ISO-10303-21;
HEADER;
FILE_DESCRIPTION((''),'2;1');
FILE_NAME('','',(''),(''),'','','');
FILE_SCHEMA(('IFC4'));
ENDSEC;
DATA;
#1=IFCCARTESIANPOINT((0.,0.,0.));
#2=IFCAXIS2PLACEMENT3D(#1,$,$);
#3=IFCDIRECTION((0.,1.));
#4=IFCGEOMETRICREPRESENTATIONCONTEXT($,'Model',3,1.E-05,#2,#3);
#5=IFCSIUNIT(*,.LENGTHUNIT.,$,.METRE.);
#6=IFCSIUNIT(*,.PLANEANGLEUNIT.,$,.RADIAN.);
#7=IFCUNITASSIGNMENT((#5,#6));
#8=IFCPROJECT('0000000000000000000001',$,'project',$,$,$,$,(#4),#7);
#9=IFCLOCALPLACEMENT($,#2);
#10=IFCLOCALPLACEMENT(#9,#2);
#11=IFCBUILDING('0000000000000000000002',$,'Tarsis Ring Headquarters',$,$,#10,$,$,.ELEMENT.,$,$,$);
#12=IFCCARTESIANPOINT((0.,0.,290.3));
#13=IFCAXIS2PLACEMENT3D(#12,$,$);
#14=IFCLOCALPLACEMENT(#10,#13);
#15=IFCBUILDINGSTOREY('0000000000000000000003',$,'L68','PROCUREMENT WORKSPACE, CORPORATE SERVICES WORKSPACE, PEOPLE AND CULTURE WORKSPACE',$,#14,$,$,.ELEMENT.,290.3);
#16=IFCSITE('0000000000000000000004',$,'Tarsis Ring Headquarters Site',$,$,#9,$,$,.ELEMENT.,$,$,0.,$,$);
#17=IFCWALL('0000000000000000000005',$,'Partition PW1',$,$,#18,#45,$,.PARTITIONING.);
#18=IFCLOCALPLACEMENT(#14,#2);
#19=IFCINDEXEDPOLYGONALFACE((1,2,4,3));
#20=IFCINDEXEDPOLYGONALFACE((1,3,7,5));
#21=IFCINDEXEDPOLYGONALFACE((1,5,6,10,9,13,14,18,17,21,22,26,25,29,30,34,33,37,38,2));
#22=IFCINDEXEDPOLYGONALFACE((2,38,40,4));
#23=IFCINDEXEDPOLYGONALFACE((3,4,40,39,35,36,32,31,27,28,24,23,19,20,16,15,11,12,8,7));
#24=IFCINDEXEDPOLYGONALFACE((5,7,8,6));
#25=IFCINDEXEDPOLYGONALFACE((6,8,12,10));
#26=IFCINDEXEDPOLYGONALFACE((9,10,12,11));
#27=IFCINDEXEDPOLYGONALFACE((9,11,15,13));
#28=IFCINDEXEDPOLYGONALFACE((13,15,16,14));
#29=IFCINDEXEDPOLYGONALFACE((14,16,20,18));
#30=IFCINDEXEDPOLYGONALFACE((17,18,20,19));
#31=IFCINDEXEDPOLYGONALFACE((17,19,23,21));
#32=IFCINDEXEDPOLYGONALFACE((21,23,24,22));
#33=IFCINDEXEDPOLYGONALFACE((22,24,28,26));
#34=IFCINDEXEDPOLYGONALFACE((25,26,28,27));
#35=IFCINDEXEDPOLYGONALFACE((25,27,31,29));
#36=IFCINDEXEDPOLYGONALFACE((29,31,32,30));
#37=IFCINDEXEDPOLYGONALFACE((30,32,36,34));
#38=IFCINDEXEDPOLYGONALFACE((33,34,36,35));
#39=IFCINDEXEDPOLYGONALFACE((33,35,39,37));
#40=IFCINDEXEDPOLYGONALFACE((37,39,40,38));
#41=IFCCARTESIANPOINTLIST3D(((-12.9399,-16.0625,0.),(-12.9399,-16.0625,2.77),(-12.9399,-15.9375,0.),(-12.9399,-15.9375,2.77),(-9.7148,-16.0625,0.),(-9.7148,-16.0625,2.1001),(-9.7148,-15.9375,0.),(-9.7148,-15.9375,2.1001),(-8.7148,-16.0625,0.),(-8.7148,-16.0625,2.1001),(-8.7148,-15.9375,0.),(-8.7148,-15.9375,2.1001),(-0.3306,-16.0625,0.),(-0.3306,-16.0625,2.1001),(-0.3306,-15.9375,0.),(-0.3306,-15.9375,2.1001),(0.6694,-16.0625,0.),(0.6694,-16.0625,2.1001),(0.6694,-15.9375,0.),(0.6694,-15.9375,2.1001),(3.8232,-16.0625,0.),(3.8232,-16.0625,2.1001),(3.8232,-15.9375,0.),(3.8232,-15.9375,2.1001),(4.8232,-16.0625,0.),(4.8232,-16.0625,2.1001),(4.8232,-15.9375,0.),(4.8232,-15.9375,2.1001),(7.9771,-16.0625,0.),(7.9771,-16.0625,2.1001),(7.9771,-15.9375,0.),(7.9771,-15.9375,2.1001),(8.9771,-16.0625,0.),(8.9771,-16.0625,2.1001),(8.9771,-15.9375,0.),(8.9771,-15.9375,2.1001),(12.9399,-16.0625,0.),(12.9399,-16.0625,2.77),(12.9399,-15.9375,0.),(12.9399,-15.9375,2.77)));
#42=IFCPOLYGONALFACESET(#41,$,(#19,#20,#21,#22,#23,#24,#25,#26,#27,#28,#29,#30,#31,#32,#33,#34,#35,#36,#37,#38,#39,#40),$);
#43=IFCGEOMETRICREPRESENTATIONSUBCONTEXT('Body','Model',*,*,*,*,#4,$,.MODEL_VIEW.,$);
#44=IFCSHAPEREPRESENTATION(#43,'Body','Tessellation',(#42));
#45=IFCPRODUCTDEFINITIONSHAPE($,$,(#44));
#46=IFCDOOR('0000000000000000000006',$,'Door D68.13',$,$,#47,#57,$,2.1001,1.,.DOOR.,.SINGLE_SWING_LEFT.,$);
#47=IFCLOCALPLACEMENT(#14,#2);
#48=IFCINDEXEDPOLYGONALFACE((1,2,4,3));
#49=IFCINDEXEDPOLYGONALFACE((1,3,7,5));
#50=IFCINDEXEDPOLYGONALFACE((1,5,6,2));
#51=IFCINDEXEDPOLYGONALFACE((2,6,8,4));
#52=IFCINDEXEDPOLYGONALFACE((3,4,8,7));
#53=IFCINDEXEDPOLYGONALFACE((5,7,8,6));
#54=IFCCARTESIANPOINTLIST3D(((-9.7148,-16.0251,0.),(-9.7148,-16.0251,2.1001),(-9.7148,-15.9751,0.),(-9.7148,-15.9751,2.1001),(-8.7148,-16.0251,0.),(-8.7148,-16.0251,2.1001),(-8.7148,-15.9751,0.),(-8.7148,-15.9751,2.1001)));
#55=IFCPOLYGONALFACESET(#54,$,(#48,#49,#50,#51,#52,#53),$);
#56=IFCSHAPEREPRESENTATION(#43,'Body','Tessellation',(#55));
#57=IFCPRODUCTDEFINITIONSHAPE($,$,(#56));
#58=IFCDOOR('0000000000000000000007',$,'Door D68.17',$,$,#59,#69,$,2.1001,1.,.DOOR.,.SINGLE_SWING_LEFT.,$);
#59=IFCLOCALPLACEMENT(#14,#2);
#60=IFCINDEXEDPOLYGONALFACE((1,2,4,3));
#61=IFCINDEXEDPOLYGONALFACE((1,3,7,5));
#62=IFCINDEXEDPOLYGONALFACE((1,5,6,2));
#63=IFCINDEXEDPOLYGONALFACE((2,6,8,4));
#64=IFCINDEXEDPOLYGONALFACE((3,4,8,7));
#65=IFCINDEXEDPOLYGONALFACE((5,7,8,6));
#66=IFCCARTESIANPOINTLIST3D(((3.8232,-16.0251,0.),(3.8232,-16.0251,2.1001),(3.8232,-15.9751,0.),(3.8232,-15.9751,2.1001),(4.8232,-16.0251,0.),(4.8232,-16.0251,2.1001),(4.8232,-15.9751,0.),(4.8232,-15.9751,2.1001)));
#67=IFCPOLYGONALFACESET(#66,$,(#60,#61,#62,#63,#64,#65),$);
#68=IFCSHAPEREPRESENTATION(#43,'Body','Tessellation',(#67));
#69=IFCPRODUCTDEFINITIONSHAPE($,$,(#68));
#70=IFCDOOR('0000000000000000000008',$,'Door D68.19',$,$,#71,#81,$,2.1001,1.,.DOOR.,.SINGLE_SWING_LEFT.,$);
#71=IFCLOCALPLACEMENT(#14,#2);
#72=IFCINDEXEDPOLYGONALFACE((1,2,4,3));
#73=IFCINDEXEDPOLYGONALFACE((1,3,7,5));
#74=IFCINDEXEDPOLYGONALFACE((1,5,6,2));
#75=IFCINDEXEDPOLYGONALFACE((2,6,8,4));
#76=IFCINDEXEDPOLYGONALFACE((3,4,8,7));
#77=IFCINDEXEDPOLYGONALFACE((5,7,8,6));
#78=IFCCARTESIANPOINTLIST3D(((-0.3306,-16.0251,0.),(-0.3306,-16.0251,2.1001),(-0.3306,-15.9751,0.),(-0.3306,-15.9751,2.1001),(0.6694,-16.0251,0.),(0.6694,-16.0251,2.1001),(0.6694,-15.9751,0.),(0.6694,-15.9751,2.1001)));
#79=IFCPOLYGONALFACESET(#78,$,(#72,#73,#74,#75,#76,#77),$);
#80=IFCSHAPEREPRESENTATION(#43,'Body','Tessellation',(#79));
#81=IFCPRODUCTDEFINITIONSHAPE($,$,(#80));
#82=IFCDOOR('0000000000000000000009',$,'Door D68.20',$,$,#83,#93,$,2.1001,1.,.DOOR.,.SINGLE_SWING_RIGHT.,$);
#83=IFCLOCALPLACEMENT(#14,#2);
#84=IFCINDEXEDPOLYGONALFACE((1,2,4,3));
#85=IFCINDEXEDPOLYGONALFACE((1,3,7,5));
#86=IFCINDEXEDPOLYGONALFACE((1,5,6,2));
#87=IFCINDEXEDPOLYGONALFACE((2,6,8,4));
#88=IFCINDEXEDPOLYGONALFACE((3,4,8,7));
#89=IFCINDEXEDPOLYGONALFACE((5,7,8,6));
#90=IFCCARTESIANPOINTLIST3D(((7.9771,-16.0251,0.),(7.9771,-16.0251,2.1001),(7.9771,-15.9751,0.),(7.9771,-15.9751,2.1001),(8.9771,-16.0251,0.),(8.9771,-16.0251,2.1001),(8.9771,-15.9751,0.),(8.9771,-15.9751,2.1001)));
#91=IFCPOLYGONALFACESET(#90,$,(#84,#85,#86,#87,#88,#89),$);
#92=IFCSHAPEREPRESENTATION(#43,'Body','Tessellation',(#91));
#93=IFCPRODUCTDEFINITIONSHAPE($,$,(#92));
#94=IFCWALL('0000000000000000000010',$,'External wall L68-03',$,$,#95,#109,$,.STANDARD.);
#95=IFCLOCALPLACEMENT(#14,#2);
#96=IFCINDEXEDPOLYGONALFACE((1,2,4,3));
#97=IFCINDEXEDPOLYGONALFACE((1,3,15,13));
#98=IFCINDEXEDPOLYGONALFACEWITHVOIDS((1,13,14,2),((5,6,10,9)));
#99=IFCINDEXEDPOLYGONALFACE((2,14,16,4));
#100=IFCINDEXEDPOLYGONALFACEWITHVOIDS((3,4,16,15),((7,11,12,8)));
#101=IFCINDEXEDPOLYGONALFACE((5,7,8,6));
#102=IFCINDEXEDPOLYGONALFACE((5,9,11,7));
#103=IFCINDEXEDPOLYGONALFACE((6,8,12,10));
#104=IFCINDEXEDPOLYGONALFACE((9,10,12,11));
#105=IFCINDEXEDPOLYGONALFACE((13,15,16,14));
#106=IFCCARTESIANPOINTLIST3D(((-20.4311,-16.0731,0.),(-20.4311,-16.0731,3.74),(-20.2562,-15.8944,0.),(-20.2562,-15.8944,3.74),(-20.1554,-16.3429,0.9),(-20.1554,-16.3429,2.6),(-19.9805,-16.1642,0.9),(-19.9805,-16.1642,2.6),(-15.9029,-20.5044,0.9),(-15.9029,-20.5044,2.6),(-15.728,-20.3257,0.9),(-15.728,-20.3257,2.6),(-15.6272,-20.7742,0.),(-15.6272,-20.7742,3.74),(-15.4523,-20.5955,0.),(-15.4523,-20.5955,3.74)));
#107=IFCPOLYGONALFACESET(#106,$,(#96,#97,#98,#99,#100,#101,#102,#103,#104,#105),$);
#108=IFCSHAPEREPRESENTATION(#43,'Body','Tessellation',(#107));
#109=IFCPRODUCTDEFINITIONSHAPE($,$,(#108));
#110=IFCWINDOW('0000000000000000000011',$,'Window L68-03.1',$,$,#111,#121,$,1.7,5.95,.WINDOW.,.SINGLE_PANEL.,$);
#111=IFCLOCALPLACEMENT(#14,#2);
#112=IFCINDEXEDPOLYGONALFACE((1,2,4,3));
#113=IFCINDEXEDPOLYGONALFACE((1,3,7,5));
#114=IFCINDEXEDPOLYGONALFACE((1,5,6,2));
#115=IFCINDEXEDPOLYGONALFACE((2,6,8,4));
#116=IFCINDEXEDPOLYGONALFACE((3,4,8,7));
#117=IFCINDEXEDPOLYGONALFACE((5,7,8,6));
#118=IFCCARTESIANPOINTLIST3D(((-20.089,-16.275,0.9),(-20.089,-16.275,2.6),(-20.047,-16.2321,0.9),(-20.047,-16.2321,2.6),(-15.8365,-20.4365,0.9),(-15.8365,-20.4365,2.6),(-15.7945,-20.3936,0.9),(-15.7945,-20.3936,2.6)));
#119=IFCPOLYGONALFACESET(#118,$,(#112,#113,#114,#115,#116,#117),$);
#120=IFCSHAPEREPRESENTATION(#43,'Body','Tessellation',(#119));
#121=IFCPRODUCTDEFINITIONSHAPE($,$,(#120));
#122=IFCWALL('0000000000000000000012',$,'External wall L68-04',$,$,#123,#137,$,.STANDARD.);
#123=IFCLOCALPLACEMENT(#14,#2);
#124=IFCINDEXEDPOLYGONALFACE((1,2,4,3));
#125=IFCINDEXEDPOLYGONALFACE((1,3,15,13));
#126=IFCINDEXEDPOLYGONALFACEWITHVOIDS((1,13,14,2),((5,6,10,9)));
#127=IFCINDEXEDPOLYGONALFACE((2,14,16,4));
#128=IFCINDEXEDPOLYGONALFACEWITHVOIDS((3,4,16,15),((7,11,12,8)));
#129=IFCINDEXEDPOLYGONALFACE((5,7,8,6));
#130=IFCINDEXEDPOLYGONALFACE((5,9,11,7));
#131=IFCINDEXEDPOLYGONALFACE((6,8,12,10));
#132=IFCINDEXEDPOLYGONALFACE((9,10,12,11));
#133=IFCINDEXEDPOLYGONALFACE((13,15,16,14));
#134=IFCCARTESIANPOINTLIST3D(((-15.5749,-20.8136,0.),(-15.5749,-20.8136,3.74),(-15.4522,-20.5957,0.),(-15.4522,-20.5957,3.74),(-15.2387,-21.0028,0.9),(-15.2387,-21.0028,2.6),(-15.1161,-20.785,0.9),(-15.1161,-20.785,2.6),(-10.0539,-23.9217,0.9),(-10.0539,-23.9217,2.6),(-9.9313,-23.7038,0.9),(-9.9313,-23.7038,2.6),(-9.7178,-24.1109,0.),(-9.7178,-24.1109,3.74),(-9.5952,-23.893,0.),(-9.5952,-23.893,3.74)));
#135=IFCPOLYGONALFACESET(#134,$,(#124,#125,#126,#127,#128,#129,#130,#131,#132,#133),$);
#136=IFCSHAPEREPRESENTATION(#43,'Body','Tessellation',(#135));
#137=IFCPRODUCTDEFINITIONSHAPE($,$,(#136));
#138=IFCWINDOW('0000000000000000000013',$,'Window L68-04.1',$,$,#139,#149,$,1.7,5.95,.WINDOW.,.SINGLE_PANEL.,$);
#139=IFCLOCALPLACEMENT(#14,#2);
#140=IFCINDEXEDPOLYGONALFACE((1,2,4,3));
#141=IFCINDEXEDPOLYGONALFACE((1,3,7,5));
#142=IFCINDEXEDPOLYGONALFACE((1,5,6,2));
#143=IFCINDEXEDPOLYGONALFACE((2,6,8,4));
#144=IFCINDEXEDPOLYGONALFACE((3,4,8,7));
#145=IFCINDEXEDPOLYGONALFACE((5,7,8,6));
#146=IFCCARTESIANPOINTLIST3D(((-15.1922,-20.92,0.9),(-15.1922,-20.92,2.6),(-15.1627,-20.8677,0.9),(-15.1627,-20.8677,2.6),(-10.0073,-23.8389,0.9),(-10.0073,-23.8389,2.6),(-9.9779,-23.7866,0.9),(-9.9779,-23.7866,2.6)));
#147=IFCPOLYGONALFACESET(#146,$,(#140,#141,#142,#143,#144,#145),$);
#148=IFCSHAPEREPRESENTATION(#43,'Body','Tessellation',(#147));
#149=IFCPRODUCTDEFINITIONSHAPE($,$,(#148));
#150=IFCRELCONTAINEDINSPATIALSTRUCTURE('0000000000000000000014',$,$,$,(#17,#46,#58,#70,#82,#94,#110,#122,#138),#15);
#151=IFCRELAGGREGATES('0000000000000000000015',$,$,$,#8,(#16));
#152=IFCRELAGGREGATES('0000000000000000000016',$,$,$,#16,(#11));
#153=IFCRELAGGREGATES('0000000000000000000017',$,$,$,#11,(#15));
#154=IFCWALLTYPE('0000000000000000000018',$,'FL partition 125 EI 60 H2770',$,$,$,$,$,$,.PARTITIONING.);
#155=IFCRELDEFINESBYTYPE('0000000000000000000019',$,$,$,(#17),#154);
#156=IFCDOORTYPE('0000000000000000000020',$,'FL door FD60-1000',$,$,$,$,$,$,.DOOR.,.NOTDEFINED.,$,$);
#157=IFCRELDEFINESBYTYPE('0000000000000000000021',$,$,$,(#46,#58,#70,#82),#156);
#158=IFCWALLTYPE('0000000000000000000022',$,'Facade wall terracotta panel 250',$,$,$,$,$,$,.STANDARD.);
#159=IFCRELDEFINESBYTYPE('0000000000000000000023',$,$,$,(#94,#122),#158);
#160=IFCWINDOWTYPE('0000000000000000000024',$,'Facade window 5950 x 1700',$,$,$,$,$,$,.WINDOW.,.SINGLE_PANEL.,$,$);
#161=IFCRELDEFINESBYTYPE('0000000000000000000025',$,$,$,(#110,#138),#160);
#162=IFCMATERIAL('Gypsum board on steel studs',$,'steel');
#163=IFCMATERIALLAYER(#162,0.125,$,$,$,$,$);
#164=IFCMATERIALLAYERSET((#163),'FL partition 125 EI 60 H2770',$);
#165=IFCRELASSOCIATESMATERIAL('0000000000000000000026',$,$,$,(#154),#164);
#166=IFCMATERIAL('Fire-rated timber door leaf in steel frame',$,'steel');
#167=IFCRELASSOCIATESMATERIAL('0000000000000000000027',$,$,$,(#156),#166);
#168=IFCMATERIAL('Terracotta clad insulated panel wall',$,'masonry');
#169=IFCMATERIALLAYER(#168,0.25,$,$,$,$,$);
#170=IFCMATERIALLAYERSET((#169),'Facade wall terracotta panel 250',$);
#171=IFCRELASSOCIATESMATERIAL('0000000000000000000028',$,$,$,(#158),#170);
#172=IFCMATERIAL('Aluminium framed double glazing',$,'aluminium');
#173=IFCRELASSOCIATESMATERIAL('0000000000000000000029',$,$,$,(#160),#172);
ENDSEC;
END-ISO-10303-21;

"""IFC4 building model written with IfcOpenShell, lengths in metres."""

from ifc_helpers import new_model, si_unit, direction, frame, frame_2d, origin, place, context, subcontext, project, spatial, rectangle, extrude, material, layer, layer_set, type_object, element, fill, save


model = new_model("IFC4")

# Units and contexts
model_context = context("Model", 3, precision=1e-05, world=origin(), true_north=direction((0.0, 1.0)))
body_context = subcontext(model_context, "Body", "Model", "MODEL_VIEW")
ifc_project = project(units=[si_unit("LENGTHUNIT", "METRE"), si_unit("PLANEANGLEUNIT", "RADIAN")], contexts=[model_context])

# Site, building, storey
site_placement = place(None, origin())
site = spatial("IfcSite", under=ifc_project, at=site_placement, Name="Tarsis Ring Headquarters Site", CompositionType="ELEMENT", RefElevation=0.0)
building_placement = place(site_placement, origin())
building = spatial("IfcBuilding", under=site, at=building_placement, Name="Tarsis Ring Headquarters", CompositionType="ELEMENT")
storey_placement = place(building_placement, frame((0.0, 0.0, 290.3)))
storey = spatial("IfcBuildingStorey", under=building, at=storey_placement, Name="L68", Description="PROCUREMENT WORKSPACE, CORPORATE SERVICES WORKSPACE, PEOPLE AND CULTURE WORKSPACE", CompositionType="ELEMENT", Elevation=290.3)

# Shared definitions
ifc_material_1 = material(Name="Gypsum board on steel studs", Category="steel")

# Wall, openings, doors
ifc_layer_1 = layer(ifc_material_1, 0.125)
ifc_layer_set_1 = layer_set([ifc_layer_1], Name="FL partition 125 EI 60 H2770")
wall_type_1 = type_object("IfcWallType", Name="FL partition 125 EI 60 H2770", PredefinedType="PARTITIONING", material=ifc_layer_set_1)
ifc_material_2 = material(Name="Fire-rated timber door leaf in steel frame", Category="steel")
door_type_1 = type_object("IfcDoorType", Name="FL door FD60-1000", OperationType="NOTDEFINED", PredefinedType="DOOR", material=ifc_material_2)
wall_1_placement = place(storey_placement, frame((-12.9399, -16.0, 0.0), z_axis=(0.0, 0.0, 1.0), x_axis=(1.0, 0.0, 0.0)))
wall_1 = element("IfcWall", 1, at=wall_1_placement, inside=storey, type_object=wall_type_1, Name="Partition PW1", PredefinedType="PARTITIONING", context=body_context, shape_type="SweptSolid", body=[
    extrude(rectangle(XDim=25.8799, YDim=0.125, at=frame_2d((12.9399, 0.0))), origin(), (0.0, 0.0, 1.0), 2.77),
])
opening_1_placement = place(wall_1_placement, frame((3.2251, 0.0, 0.0)))
opening_1 = element("IfcOpeningElement", 2, at=opening_1_placement, cuts=wall_1, PredefinedType="OPENING", context=body_context, shape_type="SweptSolid", body=[
    extrude(rectangle(XDim=1.0, YDim=2.1001, at=frame_2d((0.5, 1.05))), frame((0.0, 0.0725, 0.0), z_axis=(0.0, -1.0, 0.0), x_axis=(1.0, 0.0, 0.0)), (0.0, 0.0, 1.0), 0.145),
])
opening_2_placement = place(wall_1_placement, frame((16.7632, 0.0, 0.0)))
opening_2 = element("IfcOpeningElement", 3, at=opening_2_placement, cuts=wall_1, PredefinedType="OPENING", context=body_context, shape_type="SweptSolid", body=[
    extrude(rectangle(XDim=1.0, YDim=2.1001, at=frame_2d((0.5, 1.05))), frame((0.0, 0.0725, 0.0), z_axis=(0.0, -1.0, 0.0), x_axis=(1.0, 0.0, 0.0)), (0.0, 0.0, 1.0), 0.145),
])
opening_3_placement = place(wall_1_placement, frame((12.6094, 0.0, 0.0)))
opening_3 = element("IfcOpeningElement", 4, at=opening_3_placement, cuts=wall_1, PredefinedType="OPENING", context=body_context, shape_type="SweptSolid", body=[
    extrude(rectangle(XDim=1.0, YDim=2.1001, at=frame_2d((0.5, 1.05))), frame((0.0, 0.0725, 0.0), z_axis=(0.0, -1.0, 0.0), x_axis=(1.0, 0.0, 0.0)), (0.0, 0.0, 1.0), 0.145),
])
opening_4_placement = place(wall_1_placement, frame((20.917, 0.0, 0.0)))
opening_4 = element("IfcOpeningElement", 5, at=opening_4_placement, cuts=wall_1, PredefinedType="OPENING", context=body_context, shape_type="SweptSolid", body=[
    extrude(rectangle(XDim=1.0, YDim=2.1001, at=frame_2d((0.5, 1.05))), frame((0.0, 0.0725, 0.0), z_axis=(0.0, -1.0, 0.0), x_axis=(1.0, 0.0, 0.0)), (0.0, 0.0, 1.0), 0.145),
])
door_1_placement = place(opening_1_placement, origin())
door_1 = element("IfcDoor", 6, at=door_1_placement, inside=storey, type_object=door_type_1, Name="Door D68.13", OperationType="SINGLE_SWING_LEFT", OverallHeight=2.1001, OverallWidth=1.0, PredefinedType="DOOR", context=body_context, shape_type="SweptSolid", body=[
    extrude(rectangle(XDim=1.0, YDim=2.1001, at=frame_2d((0.5, 1.05))), frame((0.0, 0.0249, 0.0), z_axis=(0.0, -1.0, 0.0), x_axis=(1.0, 0.0, 0.0)), (0.0, 0.0, 1.0), 0.05),
])
fill(opening_1, door_1)
door_2_placement = place(opening_2_placement, origin())
door_2 = element("IfcDoor", 7, at=door_2_placement, inside=storey, type_object=door_type_1, Name="Door D68.17", OperationType="SINGLE_SWING_LEFT", OverallHeight=2.1001, OverallWidth=1.0, PredefinedType="DOOR", context=body_context, shape_type="SweptSolid", body=[
    extrude(rectangle(XDim=1.0, YDim=2.1001, at=frame_2d((0.5, 1.05))), frame((0.0, 0.0249, 0.0), z_axis=(0.0, -1.0, 0.0), x_axis=(1.0, 0.0, 0.0)), (0.0, 0.0, 1.0), 0.05),
])
fill(opening_2, door_2)
door_3_placement = place(opening_3_placement, origin())
door_3 = element("IfcDoor", 8, at=door_3_placement, inside=storey, type_object=door_type_1, Name="Door D68.19", OperationType="SINGLE_SWING_LEFT", OverallHeight=2.1001, OverallWidth=1.0, PredefinedType="DOOR", context=body_context, shape_type="SweptSolid", body=[
    extrude(rectangle(XDim=1.0, YDim=2.1001, at=frame_2d((0.5, 1.05))), frame((0.0, 0.0249, 0.0), z_axis=(0.0, -1.0, 0.0), x_axis=(1.0, 0.0, 0.0)), (0.0, 0.0, 1.0), 0.05),
])
fill(opening_3, door_3)
door_4_placement = place(opening_4_placement, origin())
door_4 = element("IfcDoor", 9, at=door_4_placement, inside=storey, type_object=door_type_1, Name="Door D68.20", OperationType="SINGLE_SWING_RIGHT", OverallHeight=2.1001, OverallWidth=1.0, PredefinedType="DOOR", context=body_context, shape_type="SweptSolid", body=[
    extrude(rectangle(XDim=1.0, YDim=2.1001, at=frame_2d((0.5, 1.05))), frame((0.0, 0.0249, 0.0), z_axis=(0.0, -1.0, 0.0), x_axis=(1.0, 0.0, 0.0)), (0.0, 0.0, 1.0), 0.05),
])
fill(opening_4, door_4)

# Walls, openings, windows
ifc_material_3 = material(Name="Terracotta clad insulated panel wall", Category="masonry")
ifc_layer_2 = layer(ifc_material_3, 0.25)
ifc_layer_set_2 = layer_set([ifc_layer_2], Name="Facade wall terracotta panel 250")
wall_type_2 = type_object("IfcWallType", Name="Facade wall terracotta panel 250", PredefinedType="STANDARD", material=ifc_layer_set_2)
wall_2_placement = place(storey_placement, frame((-20.3438, -15.9836, 0.0), z_axis=(0.0, 0.0, 1.0), x_axis=(0.714711, -0.69942, 0.0)))
wall_2 = element("IfcWall", 10, at=wall_2_placement, inside=storey, type_object=wall_type_2, Name="External wall L68-03", PredefinedType="STANDARD", context=body_context, shape_type="SweptSolid", body=[
    extrude(rectangle(XDim=6.7214, YDim=0.25, at=frame_2d((3.3608, 0.0))), origin(), (0.0, 0.0, 1.0), 3.74),
])
opening_5_placement = place(wall_2_placement, frame((0.3857, 0.0, 0.8999)))
opening_5 = element("IfcOpeningElement", 11, at=opening_5_placement, cuts=wall_2, PredefinedType="OPENING", context=body_context, shape_type="SweptSolid", body=[
    extrude(rectangle(XDim=5.95, YDim=1.7, at=frame_2d((2.9751, 0.8501))), frame((0.0, 0.135, 0.0), z_axis=(0.0, -1.0, 0.0), x_axis=(1.0, 0.0, 0.0)), (0.0, 0.0, 1.0), 0.27),
])
ifc_material_4 = material(Name="Aluminium framed double glazing", Category="aluminium")
window_type = type_object("IfcWindowType", Name="Facade window 5950 x 1700", PartitioningType="SINGLE_PANEL", PredefinedType="WINDOW", material=ifc_material_4)
window_1_placement = place(opening_5_placement, origin())
window_1 = element("IfcWindow", 12, at=window_1_placement, inside=storey, type_object=window_type, Name="Window L68-03.1", OverallHeight=1.7, OverallWidth=5.95, PartitioningType="SINGLE_PANEL", PredefinedType="WINDOW", context=body_context, shape_type="SweptSolid", body=[
    extrude(rectangle(XDim=5.95, YDim=1.7, at=frame_2d((2.9751, 0.8501))), frame((0.0, 0.03, 0.0), z_axis=(0.0, -1.0, 0.0), x_axis=(1.0, 0.0, 0.0)), (0.0, 0.0, 1.0), 0.0601),
])
fill(opening_5, window_1)
wall_3_placement = place(storey_placement, frame((-15.5137, -20.7046, 0.0), z_axis=(0.0, 0.0, 1.0), x_axis=(0.871404, -0.490566, 0.0)))
wall_3 = element("IfcWall", 13, at=wall_3_placement, inside=storey, type_object=wall_type_2, Name="External wall L68-04", PredefinedType="STANDARD", context=body_context, shape_type="SweptSolid", body=[
    extrude(rectangle(XDim=6.7214, YDim=0.25, at=frame_2d((3.3608, 0.0))), origin(), (0.0, 0.0, 1.0), 3.74),
])
opening_6_placement = place(wall_3_placement, frame((0.3857, 0.0, 0.8999)))
opening_6 = element("IfcOpeningElement", 14, at=opening_6_placement, cuts=wall_3, PredefinedType="OPENING", context=body_context, shape_type="SweptSolid", body=[
    extrude(rectangle(XDim=5.95, YDim=1.7, at=frame_2d((2.9751, 0.8501))), frame((0.0, 0.135, 0.0), z_axis=(0.0, -1.0, 0.0), x_axis=(1.0, 0.0, 0.0)), (0.0, 0.0, 1.0), 0.27),
])
window_2_placement = place(opening_6_placement, origin())
window_2 = element("IfcWindow", 15, at=window_2_placement, inside=storey, type_object=window_type, Name="Window L68-04.1", OverallHeight=1.7, OverallWidth=5.95, PartitioningType="SINGLE_PANEL", PredefinedType="WINDOW", context=body_context, shape_type="SweptSolid", body=[
    extrude(rectangle(XDim=5.95, YDim=1.7, at=frame_2d((2.9751, 0.8501))), frame((0.0, 0.03, 0.0), z_axis=(0.0, -1.0, 0.0), x_axis=(1.0, 0.0, 0.0)), (0.0, 0.0, 1.0), 0.0601),
])
fill(opening_6, window_2)

save(model, "model.ifc")
